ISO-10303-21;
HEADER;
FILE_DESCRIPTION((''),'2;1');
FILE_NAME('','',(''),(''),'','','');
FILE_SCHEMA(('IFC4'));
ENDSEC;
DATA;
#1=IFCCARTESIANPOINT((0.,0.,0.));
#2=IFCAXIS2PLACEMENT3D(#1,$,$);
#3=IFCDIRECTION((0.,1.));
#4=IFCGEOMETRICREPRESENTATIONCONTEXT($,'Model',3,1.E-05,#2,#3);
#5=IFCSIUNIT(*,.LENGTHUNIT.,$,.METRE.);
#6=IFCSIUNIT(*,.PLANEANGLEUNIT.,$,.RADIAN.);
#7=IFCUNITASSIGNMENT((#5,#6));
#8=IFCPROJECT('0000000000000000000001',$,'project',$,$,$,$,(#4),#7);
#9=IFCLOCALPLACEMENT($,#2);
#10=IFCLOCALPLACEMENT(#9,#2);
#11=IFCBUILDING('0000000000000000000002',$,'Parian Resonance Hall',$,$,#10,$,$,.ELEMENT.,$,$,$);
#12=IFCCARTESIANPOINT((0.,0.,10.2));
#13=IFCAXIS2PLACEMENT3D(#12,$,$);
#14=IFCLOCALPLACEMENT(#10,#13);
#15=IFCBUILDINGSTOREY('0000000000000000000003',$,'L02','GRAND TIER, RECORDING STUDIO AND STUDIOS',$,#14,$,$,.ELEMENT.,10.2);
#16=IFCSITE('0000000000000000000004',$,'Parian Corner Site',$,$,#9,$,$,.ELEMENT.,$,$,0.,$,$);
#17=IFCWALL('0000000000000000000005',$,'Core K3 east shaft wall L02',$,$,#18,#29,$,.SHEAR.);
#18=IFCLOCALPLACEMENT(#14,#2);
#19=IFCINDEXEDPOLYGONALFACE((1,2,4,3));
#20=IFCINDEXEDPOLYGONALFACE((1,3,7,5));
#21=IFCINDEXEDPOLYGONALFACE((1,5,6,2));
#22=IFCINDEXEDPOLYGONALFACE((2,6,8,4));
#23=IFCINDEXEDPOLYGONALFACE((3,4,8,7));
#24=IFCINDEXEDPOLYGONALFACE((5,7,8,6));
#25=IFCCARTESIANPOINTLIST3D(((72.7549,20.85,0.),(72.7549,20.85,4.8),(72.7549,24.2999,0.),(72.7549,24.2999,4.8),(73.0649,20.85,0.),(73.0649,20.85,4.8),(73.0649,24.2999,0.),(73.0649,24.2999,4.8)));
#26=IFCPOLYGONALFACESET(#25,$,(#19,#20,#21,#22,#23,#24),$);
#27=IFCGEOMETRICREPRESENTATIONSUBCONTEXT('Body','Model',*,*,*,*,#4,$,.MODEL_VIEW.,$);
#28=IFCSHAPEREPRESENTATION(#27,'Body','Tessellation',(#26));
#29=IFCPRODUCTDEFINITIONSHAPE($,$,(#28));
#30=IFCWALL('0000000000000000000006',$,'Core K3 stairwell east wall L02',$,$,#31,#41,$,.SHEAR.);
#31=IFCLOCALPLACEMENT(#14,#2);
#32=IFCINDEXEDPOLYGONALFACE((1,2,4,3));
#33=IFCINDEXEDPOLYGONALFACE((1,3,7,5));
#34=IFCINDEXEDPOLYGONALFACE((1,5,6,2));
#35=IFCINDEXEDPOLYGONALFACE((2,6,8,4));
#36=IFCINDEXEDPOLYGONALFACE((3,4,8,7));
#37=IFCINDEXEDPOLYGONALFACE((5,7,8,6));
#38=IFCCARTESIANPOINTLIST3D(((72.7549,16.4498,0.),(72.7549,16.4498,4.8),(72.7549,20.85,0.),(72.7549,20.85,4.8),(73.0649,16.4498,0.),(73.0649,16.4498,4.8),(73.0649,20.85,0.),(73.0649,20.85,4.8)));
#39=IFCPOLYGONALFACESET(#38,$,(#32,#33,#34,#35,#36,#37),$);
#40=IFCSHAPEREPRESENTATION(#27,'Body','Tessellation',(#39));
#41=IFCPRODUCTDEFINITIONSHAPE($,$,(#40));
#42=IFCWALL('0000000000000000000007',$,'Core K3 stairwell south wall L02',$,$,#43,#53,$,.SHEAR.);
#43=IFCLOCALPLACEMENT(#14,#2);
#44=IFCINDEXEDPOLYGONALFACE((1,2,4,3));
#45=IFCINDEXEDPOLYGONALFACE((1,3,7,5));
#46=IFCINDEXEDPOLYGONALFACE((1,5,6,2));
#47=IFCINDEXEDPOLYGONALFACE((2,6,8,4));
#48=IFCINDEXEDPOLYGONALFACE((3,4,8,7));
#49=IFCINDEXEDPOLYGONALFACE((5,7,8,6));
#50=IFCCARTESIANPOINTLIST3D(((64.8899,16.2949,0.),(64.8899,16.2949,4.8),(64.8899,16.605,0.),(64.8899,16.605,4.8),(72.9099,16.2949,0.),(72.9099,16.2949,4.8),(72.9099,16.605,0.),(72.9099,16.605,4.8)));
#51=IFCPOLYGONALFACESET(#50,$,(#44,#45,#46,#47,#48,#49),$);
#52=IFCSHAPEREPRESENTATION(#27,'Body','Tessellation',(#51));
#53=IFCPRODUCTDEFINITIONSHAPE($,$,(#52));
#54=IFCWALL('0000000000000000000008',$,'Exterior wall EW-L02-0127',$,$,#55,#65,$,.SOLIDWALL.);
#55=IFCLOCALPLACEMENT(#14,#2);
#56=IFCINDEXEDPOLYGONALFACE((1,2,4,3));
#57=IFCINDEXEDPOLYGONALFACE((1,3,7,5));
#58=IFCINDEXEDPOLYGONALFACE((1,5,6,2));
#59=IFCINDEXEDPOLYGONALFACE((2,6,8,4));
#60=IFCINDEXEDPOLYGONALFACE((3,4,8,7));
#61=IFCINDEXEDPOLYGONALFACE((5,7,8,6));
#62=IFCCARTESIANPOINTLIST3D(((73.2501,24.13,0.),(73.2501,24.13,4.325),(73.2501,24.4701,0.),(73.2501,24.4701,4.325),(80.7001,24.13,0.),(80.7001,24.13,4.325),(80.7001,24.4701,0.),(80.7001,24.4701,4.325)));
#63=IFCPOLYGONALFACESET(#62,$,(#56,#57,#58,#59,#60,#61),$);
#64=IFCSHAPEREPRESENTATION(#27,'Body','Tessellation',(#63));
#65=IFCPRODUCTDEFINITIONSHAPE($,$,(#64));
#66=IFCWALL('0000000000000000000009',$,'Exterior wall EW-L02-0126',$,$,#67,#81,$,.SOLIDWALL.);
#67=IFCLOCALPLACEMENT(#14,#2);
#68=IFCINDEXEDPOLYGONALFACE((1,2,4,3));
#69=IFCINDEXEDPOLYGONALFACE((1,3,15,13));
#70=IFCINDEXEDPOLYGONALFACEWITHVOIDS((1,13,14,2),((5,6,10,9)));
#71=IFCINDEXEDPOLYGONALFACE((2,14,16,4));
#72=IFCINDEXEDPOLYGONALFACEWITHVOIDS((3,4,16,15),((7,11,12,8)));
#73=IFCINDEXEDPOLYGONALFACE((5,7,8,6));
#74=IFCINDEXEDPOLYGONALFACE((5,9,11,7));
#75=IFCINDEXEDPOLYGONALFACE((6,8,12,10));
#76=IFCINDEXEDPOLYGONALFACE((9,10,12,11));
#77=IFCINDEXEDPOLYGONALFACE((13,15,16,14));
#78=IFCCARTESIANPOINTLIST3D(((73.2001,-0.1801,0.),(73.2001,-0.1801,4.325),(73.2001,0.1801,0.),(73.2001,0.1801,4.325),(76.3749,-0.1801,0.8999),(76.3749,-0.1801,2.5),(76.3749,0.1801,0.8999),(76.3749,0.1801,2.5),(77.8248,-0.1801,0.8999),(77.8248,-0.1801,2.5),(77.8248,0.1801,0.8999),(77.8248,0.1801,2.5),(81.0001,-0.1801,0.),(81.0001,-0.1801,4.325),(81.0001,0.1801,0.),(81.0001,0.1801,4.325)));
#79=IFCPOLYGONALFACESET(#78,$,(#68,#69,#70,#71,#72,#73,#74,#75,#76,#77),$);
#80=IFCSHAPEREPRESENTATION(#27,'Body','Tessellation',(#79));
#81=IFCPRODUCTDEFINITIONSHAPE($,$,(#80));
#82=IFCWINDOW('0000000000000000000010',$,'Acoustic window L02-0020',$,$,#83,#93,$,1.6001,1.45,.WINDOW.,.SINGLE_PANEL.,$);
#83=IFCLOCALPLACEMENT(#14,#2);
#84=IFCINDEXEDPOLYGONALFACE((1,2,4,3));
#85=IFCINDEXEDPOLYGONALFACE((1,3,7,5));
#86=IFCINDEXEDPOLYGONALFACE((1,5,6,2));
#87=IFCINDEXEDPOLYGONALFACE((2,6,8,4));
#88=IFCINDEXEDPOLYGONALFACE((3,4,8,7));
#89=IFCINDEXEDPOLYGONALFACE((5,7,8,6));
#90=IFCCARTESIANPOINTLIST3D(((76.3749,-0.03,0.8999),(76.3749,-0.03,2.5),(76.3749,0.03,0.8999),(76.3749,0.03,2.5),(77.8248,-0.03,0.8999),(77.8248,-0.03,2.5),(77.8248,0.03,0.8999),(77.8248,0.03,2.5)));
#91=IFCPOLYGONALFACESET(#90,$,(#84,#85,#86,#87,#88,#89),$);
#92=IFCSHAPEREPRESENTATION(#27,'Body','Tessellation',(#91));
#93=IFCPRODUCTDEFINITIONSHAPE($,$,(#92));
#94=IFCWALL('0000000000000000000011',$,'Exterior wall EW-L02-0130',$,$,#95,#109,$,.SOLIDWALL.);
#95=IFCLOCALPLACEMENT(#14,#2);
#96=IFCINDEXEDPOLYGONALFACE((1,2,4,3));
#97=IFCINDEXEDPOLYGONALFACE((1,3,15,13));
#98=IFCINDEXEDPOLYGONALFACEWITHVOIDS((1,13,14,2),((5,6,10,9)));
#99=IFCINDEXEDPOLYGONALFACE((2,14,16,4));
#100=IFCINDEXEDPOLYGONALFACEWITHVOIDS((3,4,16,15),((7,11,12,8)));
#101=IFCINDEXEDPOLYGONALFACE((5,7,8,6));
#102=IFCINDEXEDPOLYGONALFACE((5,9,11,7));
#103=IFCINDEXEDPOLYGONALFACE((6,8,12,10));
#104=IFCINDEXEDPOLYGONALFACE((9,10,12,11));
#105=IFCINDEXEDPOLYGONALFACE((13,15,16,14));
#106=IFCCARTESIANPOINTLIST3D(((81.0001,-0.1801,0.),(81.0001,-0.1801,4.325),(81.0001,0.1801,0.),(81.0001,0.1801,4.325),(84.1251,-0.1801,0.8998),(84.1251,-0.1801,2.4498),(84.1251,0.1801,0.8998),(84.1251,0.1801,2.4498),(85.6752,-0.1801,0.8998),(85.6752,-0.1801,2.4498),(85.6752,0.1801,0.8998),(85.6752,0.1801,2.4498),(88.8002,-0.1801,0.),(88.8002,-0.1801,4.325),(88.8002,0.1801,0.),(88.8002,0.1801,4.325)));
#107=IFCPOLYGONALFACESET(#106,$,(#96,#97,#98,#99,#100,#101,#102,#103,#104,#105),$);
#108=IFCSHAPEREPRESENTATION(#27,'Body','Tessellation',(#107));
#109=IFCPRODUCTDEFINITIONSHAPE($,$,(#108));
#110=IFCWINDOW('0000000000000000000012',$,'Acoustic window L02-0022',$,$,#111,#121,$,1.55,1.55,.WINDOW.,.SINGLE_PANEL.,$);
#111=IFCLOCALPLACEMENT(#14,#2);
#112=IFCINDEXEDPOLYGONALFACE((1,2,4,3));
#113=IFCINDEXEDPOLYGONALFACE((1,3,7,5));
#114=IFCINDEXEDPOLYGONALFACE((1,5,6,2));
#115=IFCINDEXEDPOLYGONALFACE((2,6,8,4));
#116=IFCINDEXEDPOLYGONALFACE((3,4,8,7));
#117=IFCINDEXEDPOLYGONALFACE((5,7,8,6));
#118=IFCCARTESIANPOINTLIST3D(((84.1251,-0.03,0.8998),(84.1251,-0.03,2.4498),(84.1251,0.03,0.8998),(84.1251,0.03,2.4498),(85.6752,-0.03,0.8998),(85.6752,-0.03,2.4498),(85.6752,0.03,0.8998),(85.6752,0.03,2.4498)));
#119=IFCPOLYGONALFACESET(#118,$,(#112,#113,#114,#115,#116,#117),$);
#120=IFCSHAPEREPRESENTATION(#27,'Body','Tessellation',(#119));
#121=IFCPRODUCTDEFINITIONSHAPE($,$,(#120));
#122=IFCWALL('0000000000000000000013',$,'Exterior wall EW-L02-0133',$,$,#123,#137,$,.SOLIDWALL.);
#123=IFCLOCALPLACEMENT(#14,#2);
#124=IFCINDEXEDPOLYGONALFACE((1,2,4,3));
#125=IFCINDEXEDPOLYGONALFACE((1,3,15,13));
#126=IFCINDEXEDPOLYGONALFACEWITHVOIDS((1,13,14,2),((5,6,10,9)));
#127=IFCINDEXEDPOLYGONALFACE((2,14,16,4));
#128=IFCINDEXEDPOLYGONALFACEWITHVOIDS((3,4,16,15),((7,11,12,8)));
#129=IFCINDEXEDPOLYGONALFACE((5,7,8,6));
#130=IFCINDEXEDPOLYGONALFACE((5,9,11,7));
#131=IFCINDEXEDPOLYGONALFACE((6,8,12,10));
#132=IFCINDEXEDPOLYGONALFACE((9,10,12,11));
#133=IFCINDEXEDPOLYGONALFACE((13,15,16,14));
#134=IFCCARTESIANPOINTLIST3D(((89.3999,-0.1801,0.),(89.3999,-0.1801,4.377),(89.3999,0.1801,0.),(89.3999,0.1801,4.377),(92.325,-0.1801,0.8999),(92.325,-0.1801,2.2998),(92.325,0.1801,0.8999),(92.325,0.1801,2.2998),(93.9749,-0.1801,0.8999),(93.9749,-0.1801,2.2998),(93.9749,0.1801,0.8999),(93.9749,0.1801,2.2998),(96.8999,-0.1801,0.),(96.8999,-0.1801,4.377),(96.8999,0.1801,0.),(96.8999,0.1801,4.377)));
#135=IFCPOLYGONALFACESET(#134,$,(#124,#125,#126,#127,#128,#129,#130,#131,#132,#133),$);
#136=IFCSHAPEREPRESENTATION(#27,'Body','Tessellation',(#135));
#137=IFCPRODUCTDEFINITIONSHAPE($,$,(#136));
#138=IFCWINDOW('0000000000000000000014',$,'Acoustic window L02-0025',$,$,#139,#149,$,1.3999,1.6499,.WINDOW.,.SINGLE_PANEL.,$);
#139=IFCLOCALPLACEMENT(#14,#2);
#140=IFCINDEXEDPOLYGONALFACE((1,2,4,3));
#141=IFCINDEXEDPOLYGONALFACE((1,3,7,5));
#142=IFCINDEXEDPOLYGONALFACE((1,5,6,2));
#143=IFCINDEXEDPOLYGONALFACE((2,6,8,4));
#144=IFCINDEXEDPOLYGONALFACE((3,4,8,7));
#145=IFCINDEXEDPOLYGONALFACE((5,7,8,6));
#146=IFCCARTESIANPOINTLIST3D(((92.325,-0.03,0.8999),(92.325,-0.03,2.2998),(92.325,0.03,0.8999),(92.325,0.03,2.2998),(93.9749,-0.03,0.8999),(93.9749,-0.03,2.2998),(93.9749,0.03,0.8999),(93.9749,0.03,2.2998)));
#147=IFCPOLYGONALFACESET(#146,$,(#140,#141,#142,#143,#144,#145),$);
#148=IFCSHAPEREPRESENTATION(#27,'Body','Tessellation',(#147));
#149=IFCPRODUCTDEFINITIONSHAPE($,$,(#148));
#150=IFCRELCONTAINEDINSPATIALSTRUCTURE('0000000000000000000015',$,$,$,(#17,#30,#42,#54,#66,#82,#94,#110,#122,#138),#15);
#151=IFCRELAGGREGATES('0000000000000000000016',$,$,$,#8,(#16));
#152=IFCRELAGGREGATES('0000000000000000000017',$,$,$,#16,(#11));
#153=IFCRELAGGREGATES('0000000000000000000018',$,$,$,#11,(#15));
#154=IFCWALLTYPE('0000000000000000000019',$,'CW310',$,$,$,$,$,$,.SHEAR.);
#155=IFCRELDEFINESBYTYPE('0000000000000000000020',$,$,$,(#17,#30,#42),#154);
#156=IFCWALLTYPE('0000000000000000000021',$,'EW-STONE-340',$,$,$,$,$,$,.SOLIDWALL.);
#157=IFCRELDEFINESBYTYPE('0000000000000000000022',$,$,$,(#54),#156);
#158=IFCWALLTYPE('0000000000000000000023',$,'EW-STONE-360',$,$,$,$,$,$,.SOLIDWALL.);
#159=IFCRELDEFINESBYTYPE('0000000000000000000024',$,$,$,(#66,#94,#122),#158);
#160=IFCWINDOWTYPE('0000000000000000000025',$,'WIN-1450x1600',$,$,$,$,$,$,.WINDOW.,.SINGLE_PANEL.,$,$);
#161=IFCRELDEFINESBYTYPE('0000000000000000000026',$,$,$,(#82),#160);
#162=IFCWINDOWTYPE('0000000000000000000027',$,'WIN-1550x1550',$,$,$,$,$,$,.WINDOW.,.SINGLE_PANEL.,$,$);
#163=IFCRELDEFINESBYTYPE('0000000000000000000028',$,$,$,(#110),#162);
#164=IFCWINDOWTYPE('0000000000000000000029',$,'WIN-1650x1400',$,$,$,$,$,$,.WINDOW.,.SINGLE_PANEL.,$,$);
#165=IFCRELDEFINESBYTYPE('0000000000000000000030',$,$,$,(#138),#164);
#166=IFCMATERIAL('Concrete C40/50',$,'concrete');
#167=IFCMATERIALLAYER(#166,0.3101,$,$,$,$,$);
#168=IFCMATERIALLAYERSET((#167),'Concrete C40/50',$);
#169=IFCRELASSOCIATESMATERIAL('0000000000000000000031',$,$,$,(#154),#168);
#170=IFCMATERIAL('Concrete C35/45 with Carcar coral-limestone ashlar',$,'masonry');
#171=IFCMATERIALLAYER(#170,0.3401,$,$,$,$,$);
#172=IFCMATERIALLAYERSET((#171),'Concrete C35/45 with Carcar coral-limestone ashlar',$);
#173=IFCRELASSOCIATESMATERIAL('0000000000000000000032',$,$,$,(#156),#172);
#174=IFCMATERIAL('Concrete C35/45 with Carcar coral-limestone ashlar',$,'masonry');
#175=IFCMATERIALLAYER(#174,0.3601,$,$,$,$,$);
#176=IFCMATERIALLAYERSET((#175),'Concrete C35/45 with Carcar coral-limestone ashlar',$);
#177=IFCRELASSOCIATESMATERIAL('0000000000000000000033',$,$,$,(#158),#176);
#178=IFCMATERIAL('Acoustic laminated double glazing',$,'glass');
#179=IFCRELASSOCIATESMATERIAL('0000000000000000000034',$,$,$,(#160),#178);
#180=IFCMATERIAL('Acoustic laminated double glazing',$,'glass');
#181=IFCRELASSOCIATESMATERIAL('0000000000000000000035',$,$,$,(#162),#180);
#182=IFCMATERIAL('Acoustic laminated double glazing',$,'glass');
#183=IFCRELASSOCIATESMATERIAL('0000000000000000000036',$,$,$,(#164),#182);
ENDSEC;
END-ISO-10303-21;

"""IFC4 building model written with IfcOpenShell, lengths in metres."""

from ifc_helpers import new_model, si_unit, direction, frame, frame_2d, origin, place, context, subcontext, project, spatial, rectangle, extrude, material, layer, layer_set, type_object, element, fill, save


model = new_model("IFC4")

# Units and contexts
model_context = context("Model", 3, precision=1e-05, world=origin(), true_north=direction((0.0, 1.0)))
body_context = subcontext(model_context, "Body", "Model", "MODEL_VIEW")
ifc_project = project(units=[si_unit("LENGTHUNIT", "METRE"), si_unit("PLANEANGLEUNIT", "RADIAN")], contexts=[model_context])

# Site, building, storey
site_placement = place(None, origin())
site = spatial("IfcSite", under=ifc_project, at=site_placement, Name="Parian Corner Site", CompositionType="ELEMENT", RefElevation=0.0)
building_placement = place(site_placement, origin())
building = spatial("IfcBuilding", under=site, at=building_placement, Name="Parian Resonance Hall", CompositionType="ELEMENT")
storey_placement = place(building_placement, frame((0.0, 0.0, 10.2)))
storey = spatial("IfcBuildingStorey", under=building, at=storey_placement, Name="L02", Description="GRAND TIER, RECORDING STUDIO AND STUDIOS", CompositionType="ELEMENT", Elevation=10.2)

# Walls
ifc_material_1 = material(Name="Concrete C40/50", Category="concrete")
ifc_layer_1 = layer(ifc_material_1, 0.3101)
ifc_layer_set_1 = layer_set([ifc_layer_1], Name="Concrete C40/50")
wall_type_1 = type_object("IfcWallType", Name="CW310", PredefinedType="SHEAR", material=ifc_layer_set_1)
wall_1_placement = place(storey_placement, frame((72.9099, 24.3, 0.0), z_axis=(0.0, 0.0, 1.0), x_axis=(0.0, -1.0, 0.0)))
element("IfcWall", 1, at=wall_1_placement, inside=storey, type_object=wall_type_1, Name="Core K3 east shaft wall L02", PredefinedType="SHEAR", context=body_context, shape_type="SweptSolid", body=[
    extrude(rectangle(XDim=3.45, YDim=0.3101, at=frame_2d((1.7251, 0.0))), origin(), (0.0, 0.0, 1.0), 4.8),
])
wall_2_placement = place(storey_placement, frame((72.9099, 20.8501, 0.0), z_axis=(0.0, 0.0, 1.0), x_axis=(0.0, -1.0, 0.0)))
element("IfcWall", 2, at=wall_2_placement, inside=storey, type_object=wall_type_1, Name="Core K3 stairwell east wall L02", PredefinedType="SHEAR", context=body_context, shape_type="SweptSolid", body=[
    extrude(rectangle(XDim=4.4001, YDim=0.3101, at=frame_2d((2.2002, 0.0))), origin(), (0.0, 0.0, 1.0), 4.8),
])
wall_3_placement = place(storey_placement, frame((72.9099, 16.45, 0.0), z_axis=(0.0, 0.0, 1.0), x_axis=(-1.0, 0.0, 0.0)))
element("IfcWall", 3, at=wall_3_placement, inside=storey, type_object=wall_type_1, Name="Core K3 stairwell south wall L02", PredefinedType="SHEAR", context=body_context, shape_type="SweptSolid", body=[
    extrude(rectangle(XDim=8.02, YDim=0.3101, at=frame_2d((4.01, 0.0))), origin(), (0.0, 0.0, 1.0), 4.8),
])
ifc_material_2 = material(Name="Concrete C35/45 with Carcar coral-limestone ashlar", Category="masonry")
ifc_layer_2 = layer(ifc_material_2, 0.3401)
ifc_layer_set_2 = layer_set([ifc_layer_2], Name="Concrete C35/45 with Carcar coral-limestone ashlar")
wall_type_2 = type_object("IfcWallType", Name="EW-STONE-340", PredefinedType="SOLIDWALL", material=ifc_layer_set_2)
wall_4_placement = place(storey_placement, frame((73.25, 24.3, 0.0), z_axis=(0.0, 0.0, 1.0), x_axis=(1.0, 0.0, 0.0)))
element("IfcWall", 4, at=wall_4_placement, inside=storey, type_object=wall_type_2, Name="Exterior wall EW-L02-0127", PredefinedType="SOLIDWALL", context=body_context, shape_type="SweptSolid", body=[
    extrude(rectangle(XDim=7.45, YDim=0.3401, at=frame_2d((3.7251, 0.0))), origin(), (0.0, 0.0, 1.0), 4.325),
])

# Walls, openings, windows
ifc_material_3 = material(Name="Concrete C35/45 with Carcar coral-limestone ashlar", Category="masonry")
ifc_layer_3 = layer(ifc_material_3, 0.3601)
ifc_layer_set_3 = layer_set([ifc_layer_3], Name="Concrete C35/45 with Carcar coral-limestone ashlar")
wall_type_3 = type_object("IfcWallType", Name="EW-STONE-360", PredefinedType="SOLIDWALL", material=ifc_layer_set_3)
wall_5_placement = place(storey_placement, frame((81.0, 0.0, 0.0), z_axis=(0.0, 0.0, 1.0), x_axis=(-1.0, 0.0, 0.0)))
wall_5 = element("IfcWall", 5, at=wall_5_placement, inside=storey, type_object=wall_type_3, Name="Exterior wall EW-L02-0126", PredefinedType="SOLIDWALL", context=body_context, shape_type="SweptSolid", body=[
    extrude(rectangle(XDim=7.8, YDim=0.3601, at=frame_2d((3.8999, 0.0))), origin(), (0.0, 0.0, 1.0), 4.325),
])
opening_1_placement = place(wall_5_placement, frame((3.175, 0.0, 0.8999)))
opening_1 = element("IfcOpeningElement", 6, at=opening_1_placement, cuts=wall_5, PredefinedType="OPENING", context=body_context, shape_type="SweptSolid", body=[
    extrude(rectangle(XDim=1.45, YDim=1.6001, at=frame_2d((0.7251, 0.8))), frame((0.0, 0.1899, 0.0), z_axis=(0.0, -1.0, 0.0), x_axis=(1.0, 0.0, 0.0)), (0.0, 0.0, 1.0), 0.3801),
])
ifc_material_4 = material(Name="Acoustic laminated double glazing", Category="glass")
window_type_1 = type_object("IfcWindowType", Name="WIN-1450x1600", PartitioningType="SINGLE_PANEL", PredefinedType="WINDOW", material=ifc_material_4)
window_1_placement = place(opening_1_placement, origin())
window_1 = element("IfcWindow", 7, at=window_1_placement, inside=storey, type_object=window_type_1, Name="Acoustic window L02-0020", OverallHeight=1.6001, OverallWidth=1.45, PartitioningType="SINGLE_PANEL", PredefinedType="WINDOW", context=body_context, shape_type="SweptSolid", body=[
    extrude(rectangle(XDim=1.45, YDim=1.6001, at=frame_2d((0.7251, 0.8))), frame((0.0, 0.03, 0.0), z_axis=(0.0, -1.0, 0.0), x_axis=(1.0, 0.0, 0.0)), (0.0, 0.0, 1.0), 0.0601),
])
fill(opening_1, window_1)
wall_6_placement = place(storey_placement, frame((88.8, 0.0, 0.0), z_axis=(0.0, 0.0, 1.0), x_axis=(-1.0, 0.0, 0.0)))
wall_6 = element("IfcWall", 8, at=wall_6_placement, inside=storey, type_object=wall_type_3, Name="Exterior wall EW-L02-0130", PredefinedType="SOLIDWALL", context=body_context, shape_type="SweptSolid", body=[
    extrude(rectangle(XDim=7.8, YDim=0.3601, at=frame_2d((3.8999, 0.0))), origin(), (0.0, 0.0, 1.0), 4.325),
])
opening_2_placement = place(wall_6_placement, frame((3.125, 0.0, 0.8999)))
opening_2 = element("IfcOpeningElement", 9, at=opening_2_placement, cuts=wall_6, PredefinedType="OPENING", context=body_context, shape_type="SweptSolid", body=[
    extrude(rectangle(XDim=1.55, YDim=1.55, at=frame_2d((0.7749, 0.7749))), frame((0.0, 0.1899, 0.0), z_axis=(0.0, -1.0, 0.0), x_axis=(1.0, 0.0, 0.0)), (0.0, 0.0, 1.0), 0.3801),
])
ifc_material_5 = material(Name="Acoustic laminated double glazing", Category="glass")
window_type_2 = type_object("IfcWindowType", Name="WIN-1550x1550", PartitioningType="SINGLE_PANEL", PredefinedType="WINDOW", material=ifc_material_5)
window_2_placement = place(opening_2_placement, origin())
window_2 = element("IfcWindow", 10, at=window_2_placement, inside=storey, type_object=window_type_2, Name="Acoustic window L02-0022", OverallHeight=1.55, OverallWidth=1.55, PartitioningType="SINGLE_PANEL", PredefinedType="WINDOW", context=body_context, shape_type="SweptSolid", body=[
    extrude(rectangle(XDim=1.55, YDim=1.55, at=frame_2d((0.7749, 0.7749))), frame((0.0, 0.03, 0.0), z_axis=(0.0, -1.0, 0.0), x_axis=(1.0, 0.0, 0.0)), (0.0, 0.0, 1.0), 0.0601),
])
fill(opening_2, window_2)
wall_7_placement = place(storey_placement, frame((96.8999, 0.0, 0.0), z_axis=(0.0, 0.0, 1.0), x_axis=(-1.0, 0.0, 0.0)))
wall_7 = element("IfcWall", 11, at=wall_7_placement, inside=storey, type_object=wall_type_3, Name="Exterior wall EW-L02-0133", PredefinedType="SOLIDWALL", context=body_context, shape_type="SweptSolid", body=[
    extrude(rectangle(XDim=7.5, YDim=0.3601, at=frame_2d((3.75, 0.0))), origin(), (0.0, 0.0, 1.0), 4.377),
])
opening_3_placement = place(wall_7_placement, frame((2.925, 0.0, 0.8999)))
opening_3 = element("IfcOpeningElement", 12, at=opening_3_placement, cuts=wall_7, PredefinedType="OPENING", context=body_context, shape_type="SweptSolid", body=[
    extrude(rectangle(XDim=1.6499, YDim=1.3999, at=frame_2d((0.825, 0.7))), frame((0.0, 0.1899, 0.0), z_axis=(0.0, -1.0, 0.0), x_axis=(1.0, 0.0, 0.0)), (0.0, 0.0, 1.0), 0.3801),
])
ifc_material_6 = material(Name="Acoustic laminated double glazing", Category="glass")
window_type_3 = type_object("IfcWindowType", Name="WIN-1650x1400", PartitioningType="SINGLE_PANEL", PredefinedType="WINDOW", material=ifc_material_6)
window_3_placement = place(opening_3_placement, origin())
window_3 = element("IfcWindow", 13, at=window_3_placement, inside=storey, type_object=window_type_3, Name="Acoustic window L02-0025", OverallHeight=1.3999, OverallWidth=1.6499, PartitioningType="SINGLE_PANEL", PredefinedType="WINDOW", context=body_context, shape_type="SweptSolid", body=[
    extrude(rectangle(XDim=1.6499, YDim=1.3999, at=frame_2d((0.825, 0.7))), frame((0.0, 0.03, 0.0), z_axis=(0.0, -1.0, 0.0), x_axis=(1.0, 0.0, 0.0)), (0.0, 0.0, 1.0), 0.0601),
])
fill(opening_3, window_3)

save(model, "model.ifc")
